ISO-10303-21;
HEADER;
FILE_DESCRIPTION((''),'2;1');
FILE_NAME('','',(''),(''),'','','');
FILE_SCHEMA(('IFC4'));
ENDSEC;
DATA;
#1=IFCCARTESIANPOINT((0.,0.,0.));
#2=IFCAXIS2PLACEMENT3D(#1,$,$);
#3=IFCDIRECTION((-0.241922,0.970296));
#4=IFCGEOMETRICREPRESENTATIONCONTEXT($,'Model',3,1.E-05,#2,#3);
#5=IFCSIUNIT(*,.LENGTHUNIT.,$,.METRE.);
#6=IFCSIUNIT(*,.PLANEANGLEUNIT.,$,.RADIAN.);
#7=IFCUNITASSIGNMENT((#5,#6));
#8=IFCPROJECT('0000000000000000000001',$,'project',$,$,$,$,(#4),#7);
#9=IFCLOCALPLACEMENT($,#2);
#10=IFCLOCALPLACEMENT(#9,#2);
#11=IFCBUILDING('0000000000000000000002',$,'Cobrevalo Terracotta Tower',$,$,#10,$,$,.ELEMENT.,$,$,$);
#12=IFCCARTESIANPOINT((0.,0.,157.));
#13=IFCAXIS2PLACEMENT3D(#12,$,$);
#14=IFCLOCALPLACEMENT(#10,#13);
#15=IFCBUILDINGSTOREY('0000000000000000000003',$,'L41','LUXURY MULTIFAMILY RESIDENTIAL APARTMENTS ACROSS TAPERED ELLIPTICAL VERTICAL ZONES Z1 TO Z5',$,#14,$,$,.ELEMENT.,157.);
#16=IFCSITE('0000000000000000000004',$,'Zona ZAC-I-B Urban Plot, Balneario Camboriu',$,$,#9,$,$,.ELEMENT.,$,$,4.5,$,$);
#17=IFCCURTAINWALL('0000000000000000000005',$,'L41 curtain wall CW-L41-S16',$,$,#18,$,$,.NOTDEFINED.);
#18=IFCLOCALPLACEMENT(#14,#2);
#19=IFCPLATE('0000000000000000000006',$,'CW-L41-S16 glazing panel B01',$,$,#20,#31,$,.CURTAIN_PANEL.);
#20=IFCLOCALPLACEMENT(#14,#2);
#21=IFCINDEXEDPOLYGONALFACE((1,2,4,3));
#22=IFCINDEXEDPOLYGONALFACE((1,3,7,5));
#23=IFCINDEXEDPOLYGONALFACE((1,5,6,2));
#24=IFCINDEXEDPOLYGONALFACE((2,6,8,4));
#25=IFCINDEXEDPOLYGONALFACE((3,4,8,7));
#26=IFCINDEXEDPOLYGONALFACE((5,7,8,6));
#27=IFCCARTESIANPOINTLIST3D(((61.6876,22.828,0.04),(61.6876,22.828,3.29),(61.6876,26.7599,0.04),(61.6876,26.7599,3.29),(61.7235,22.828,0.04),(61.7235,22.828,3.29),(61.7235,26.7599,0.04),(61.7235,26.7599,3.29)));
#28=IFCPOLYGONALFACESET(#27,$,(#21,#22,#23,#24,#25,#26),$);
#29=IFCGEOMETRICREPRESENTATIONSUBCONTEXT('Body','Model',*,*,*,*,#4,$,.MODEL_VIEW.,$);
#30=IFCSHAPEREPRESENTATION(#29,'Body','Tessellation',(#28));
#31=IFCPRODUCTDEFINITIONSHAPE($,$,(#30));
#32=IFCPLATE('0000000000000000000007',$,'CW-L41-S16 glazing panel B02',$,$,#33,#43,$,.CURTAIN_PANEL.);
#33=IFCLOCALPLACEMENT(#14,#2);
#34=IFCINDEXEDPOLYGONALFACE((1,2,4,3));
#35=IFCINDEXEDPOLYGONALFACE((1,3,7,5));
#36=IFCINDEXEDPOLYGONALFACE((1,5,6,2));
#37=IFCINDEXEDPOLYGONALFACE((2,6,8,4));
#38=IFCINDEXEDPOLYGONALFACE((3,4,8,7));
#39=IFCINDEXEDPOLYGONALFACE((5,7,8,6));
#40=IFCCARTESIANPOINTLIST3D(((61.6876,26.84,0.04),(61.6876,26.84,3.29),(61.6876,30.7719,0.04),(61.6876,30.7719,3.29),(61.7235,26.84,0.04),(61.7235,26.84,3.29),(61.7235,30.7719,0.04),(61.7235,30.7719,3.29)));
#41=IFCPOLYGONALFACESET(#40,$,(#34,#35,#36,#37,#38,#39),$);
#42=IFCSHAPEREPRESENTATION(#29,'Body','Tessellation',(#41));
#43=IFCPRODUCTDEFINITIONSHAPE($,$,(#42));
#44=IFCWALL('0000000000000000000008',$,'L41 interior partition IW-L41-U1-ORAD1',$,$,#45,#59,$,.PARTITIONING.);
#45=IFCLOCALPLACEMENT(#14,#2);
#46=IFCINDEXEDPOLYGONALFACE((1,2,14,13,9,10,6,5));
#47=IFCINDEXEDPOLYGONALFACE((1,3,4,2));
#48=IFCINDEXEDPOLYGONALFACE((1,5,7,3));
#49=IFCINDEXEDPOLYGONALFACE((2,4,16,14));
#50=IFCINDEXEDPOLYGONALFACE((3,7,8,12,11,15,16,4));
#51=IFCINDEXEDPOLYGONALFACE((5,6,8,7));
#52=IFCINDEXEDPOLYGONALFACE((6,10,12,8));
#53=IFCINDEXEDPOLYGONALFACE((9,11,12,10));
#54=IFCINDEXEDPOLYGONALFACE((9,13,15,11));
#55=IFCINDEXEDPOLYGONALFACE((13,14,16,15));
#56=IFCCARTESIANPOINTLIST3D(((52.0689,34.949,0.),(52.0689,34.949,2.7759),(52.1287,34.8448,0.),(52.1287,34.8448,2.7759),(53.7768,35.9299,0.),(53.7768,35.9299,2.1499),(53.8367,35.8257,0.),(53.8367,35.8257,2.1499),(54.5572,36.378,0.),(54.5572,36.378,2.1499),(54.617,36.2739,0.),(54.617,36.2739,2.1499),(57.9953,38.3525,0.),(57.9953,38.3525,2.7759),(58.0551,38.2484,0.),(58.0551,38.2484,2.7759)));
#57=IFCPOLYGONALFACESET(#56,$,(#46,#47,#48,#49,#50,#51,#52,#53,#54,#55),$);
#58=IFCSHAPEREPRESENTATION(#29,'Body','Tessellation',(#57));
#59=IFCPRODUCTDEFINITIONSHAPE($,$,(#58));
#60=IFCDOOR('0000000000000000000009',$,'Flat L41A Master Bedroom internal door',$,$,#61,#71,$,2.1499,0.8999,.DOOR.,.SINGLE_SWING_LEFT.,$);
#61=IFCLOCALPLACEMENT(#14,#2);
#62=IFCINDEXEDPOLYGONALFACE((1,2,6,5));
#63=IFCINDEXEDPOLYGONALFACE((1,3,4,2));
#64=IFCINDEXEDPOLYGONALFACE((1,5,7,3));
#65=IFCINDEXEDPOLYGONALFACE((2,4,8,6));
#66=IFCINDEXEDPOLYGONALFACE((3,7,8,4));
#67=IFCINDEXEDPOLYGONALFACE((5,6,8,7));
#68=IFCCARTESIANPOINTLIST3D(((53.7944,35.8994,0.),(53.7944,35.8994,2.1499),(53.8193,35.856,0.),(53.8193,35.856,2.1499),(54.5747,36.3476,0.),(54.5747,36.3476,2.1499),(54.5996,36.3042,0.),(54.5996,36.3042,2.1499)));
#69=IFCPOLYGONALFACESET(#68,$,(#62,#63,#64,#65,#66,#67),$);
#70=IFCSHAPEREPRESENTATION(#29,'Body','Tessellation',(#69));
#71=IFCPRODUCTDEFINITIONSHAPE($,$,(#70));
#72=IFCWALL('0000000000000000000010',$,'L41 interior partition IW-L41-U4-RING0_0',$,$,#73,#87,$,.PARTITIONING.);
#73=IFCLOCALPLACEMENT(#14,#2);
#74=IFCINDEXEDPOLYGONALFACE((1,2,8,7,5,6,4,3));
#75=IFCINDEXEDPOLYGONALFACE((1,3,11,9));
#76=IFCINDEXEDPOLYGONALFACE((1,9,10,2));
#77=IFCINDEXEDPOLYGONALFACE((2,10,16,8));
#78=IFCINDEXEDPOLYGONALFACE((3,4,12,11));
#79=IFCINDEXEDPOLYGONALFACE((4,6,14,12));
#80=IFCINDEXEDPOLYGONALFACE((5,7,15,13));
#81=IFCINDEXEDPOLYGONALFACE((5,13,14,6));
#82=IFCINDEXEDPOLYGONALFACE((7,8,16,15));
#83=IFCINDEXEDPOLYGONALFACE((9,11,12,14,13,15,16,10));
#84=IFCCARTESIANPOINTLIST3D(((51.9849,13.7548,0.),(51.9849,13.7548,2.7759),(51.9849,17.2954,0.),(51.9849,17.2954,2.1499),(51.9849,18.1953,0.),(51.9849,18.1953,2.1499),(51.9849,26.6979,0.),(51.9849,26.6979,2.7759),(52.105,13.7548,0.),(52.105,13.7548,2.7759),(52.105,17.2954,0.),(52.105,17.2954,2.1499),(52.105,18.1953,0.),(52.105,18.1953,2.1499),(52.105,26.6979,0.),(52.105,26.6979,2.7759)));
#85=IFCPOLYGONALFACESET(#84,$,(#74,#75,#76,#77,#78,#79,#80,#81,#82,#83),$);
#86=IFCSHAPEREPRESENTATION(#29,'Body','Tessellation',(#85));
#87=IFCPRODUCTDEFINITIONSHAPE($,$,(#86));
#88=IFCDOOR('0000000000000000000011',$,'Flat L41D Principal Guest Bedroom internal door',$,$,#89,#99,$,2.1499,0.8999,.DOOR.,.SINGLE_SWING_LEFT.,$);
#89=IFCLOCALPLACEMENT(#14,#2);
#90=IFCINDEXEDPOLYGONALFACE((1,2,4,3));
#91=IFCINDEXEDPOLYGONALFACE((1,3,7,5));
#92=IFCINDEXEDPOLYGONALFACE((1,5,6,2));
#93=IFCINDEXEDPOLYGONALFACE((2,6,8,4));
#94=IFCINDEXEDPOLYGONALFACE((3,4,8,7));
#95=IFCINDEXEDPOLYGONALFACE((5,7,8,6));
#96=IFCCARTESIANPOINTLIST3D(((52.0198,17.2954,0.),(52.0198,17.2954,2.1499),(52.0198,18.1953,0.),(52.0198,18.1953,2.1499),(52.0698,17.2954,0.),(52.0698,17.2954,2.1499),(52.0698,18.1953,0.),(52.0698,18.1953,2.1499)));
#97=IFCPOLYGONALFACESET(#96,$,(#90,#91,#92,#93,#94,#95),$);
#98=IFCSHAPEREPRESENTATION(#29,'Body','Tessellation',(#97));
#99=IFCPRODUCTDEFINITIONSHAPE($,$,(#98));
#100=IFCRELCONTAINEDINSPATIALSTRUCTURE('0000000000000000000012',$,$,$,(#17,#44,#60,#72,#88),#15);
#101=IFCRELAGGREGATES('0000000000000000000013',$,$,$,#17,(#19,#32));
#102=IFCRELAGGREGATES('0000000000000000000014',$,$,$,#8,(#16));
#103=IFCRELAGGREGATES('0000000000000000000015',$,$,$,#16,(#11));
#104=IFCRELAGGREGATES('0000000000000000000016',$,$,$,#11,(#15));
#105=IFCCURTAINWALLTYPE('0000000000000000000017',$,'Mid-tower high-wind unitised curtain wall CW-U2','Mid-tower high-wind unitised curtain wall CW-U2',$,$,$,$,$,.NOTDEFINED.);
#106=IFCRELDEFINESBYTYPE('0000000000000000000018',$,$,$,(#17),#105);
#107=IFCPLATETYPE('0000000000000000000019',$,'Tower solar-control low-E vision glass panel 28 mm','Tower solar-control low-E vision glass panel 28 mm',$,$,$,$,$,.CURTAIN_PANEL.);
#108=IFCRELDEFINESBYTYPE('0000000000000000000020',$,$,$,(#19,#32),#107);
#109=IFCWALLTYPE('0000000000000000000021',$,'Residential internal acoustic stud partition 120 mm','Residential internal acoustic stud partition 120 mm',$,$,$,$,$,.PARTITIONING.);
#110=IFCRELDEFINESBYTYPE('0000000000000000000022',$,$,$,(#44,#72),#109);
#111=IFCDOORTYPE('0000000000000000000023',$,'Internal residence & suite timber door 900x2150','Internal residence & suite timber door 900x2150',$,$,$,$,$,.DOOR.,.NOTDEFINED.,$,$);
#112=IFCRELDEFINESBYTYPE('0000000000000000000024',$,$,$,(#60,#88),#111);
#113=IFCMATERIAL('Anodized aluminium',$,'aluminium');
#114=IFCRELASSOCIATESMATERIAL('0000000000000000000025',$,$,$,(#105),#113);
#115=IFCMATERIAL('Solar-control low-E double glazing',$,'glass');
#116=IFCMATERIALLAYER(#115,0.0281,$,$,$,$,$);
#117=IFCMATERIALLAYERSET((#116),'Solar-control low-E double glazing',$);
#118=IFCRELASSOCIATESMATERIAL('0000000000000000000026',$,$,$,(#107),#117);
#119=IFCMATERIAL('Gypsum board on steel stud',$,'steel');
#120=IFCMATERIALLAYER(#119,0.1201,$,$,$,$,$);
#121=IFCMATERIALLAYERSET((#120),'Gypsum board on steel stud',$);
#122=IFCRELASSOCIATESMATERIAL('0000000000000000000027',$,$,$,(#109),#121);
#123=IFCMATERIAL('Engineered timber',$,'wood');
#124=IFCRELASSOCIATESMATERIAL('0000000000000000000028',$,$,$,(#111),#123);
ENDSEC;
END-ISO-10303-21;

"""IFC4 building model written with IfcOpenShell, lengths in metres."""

from ifc_helpers import new_model, si_unit, direction, frame, frame_2d, origin, origin_2d, place, context, subcontext, project, spatial, rectangle, extrude, source, transform, mapped, material, layer, layer_set, type_object, element, fill, aggregate, save


model = new_model("IFC4")

# Units and contexts
model_context = context("Model", 3, precision=1e-05, world=origin(), true_north=direction((-0.241922, 0.970296)))
body_context = subcontext(model_context, "Body", "Model", "MODEL_VIEW")
ifc_project = project(units=[si_unit("LENGTHUNIT", "METRE"), si_unit("PLANEANGLEUNIT", "RADIAN")], contexts=[model_context])

# Site, building, storey
site_placement = place(None, origin())
site = spatial("IfcSite", under=ifc_project, at=site_placement, Name="Zona ZAC-I-B Urban Plot, Balneario Camboriu", CompositionType="ELEMENT", RefElevation=4.5)
building_placement = place(site_placement, origin())
building = spatial("IfcBuilding", under=site, at=building_placement, Name="Cobrevalo Terracotta Tower", CompositionType="ELEMENT")
storey_placement = place(building_placement, frame((0.0, 0.0, 157.0)))
storey = spatial("IfcBuildingStorey", under=building, at=storey_placement, Name="L41", Description="LUXURY MULTIFAMILY RESIDENTIAL APARTMENTS ACROSS TAPERED ELLIPTICAL VERTICAL ZONES Z1 TO Z5", CompositionType="ELEMENT", Elevation=157.0)

# Curtain wall
ifc_material_1 = material(Name="Anodized aluminium", Category="aluminium")
curtain_wall_type = type_object("IfcCurtainWallType", Name="Mid-tower high-wind unitised curtain wall CW-U2", Description="Mid-tower high-wind unitised curtain wall CW-U2", PredefinedType="NOTDEFINED", material=ifc_material_1)
curtain_wall_1_placement = place(storey_placement, origin())
curtain_wall_1 = element("IfcCurtainWall", 1, at=curtain_wall_1_placement, inside=storey, type_object=curtain_wall_type, Name="L41 curtain wall CW-L41-S16", PredefinedType="NOTDEFINED")

# Plates
ifc_material_2 = material(Name="Solar-control low-E double glazing", Category="glass")
ifc_layer_1 = layer(ifc_material_2, 0.0281)
ifc_layer_set_1 = layer_set([ifc_layer_1], Name="Solar-control low-E double glazing")
plate_type = type_object("IfcPlateType", Name="Tower solar-control low-E vision glass panel 28 mm", Description="Tower solar-control low-E vision glass panel 28 mm", PredefinedType="CURTAIN_PANEL", material=ifc_layer_set_1)
shared_shape_1 = source(origin(), body_context, "Body", "SweptSolid", [
    extrude(rectangle(XDim=3.9319, YDim=0.0359, at=origin_2d()), origin(), (0.0, 0.0, 1.0), 3.25),
])
plate_1_placement = place(storey_placement, frame((61.7056, 24.7939, 0.04), z_axis=(0.0, 0.0, 1.0), x_axis=(0.0, 1.0, 0.0)))
plate_1 = element("IfcPlate", 2, at=plate_1_placement, type_object=plate_type, Name="CW-L41-S16 glazing panel B01", PredefinedType="CURTAIN_PANEL", context=body_context, shape_type="MappedRepresentation", body=[
    mapped(shared_shape_1, transform((0.0, 0.0, 0.0), scale=1.0)),
])
plate_2_placement = place(storey_placement, frame((61.7056, 28.8059, 0.04), z_axis=(0.0, 0.0, 1.0), x_axis=(0.0, 1.0, 0.0)))
plate_2 = element("IfcPlate", 3, at=plate_2_placement, type_object=plate_type, Name="CW-L41-S16 glazing panel B02", PredefinedType="CURTAIN_PANEL", context=body_context, shape_type="MappedRepresentation", body=[
    mapped(shared_shape_1, transform((0.0, 0.0, 0.0), scale=1.0)),
])
aggregate(curtain_wall_1, [plate_1, plate_2])

# Walls, openings, doors
ifc_material_3 = material(Name="Gypsum board on steel stud", Category="steel")
ifc_layer_2 = layer(ifc_material_3, 0.1201)
ifc_layer_set_2 = layer_set([ifc_layer_2], Name="Gypsum board on steel stud")
wall_type = type_object("IfcWallType", Name="Residential internal acoustic stud partition 120 mm", Description="Residential internal acoustic stud partition 120 mm", PredefinedType="PARTITIONING", material=ifc_layer_set_2)
wall_1_placement = place(storey_placement, frame((52.0989, 34.897, 0.0), z_axis=(0.0, 0.0, 1.0), x_axis=(0.867171, 0.498011, 0.0)))
wall_1 = element("IfcWall", 4, at=wall_1_placement, inside=storey, type_object=wall_type, Name="L41 interior partition IW-L41-U1-ORAD1", PredefinedType="PARTITIONING", context=body_context, shape_type="SweptSolid", body=[
    extrude(rectangle(XDim=6.8342, YDim=0.1201, at=frame_2d((3.417, 0.0))), origin(), (0.0, 0.0, 1.0), 2.7759),
])
opening_1_placement = place(wall_1_placement, frame((1.9695, 0.0, 0.0)))
opening_1 = element("IfcOpeningElement", 5, at=opening_1_placement, cuts=wall_1, PredefinedType="OPENING", context=body_context, shape_type="SweptSolid", body=[
    extrude(rectangle(XDim=0.8999, YDim=2.1499, at=frame_2d((0.45, 1.075))), frame((0.0, 0.0701, 0.0), z_axis=(0.0, -1.0, 0.0), x_axis=(1.0, 0.0, 0.0)), (0.0, 0.0, 1.0), 0.1401),
])
ifc_material_4 = material(Name="Engineered timber", Category="wood")
door_type = type_object("IfcDoorType", Name="Internal residence & suite timber door 900x2150", Description="Internal residence & suite timber door 900x2150", OperationType="NOTDEFINED", PredefinedType="DOOR", material=ifc_material_4)
shared_shape_2 = source(origin(), body_context, "Body", "SweptSolid", [
    extrude(rectangle(XDim=0.8999, YDim=2.1499, at=frame_2d((0.45, 1.075))), frame((0.0, 0.0249, 0.0), z_axis=(0.0, -1.0, 0.0), x_axis=(1.0, 0.0, 0.0)), (0.0, 0.0, 1.0), 0.05),
])
door_1_placement = place(opening_1_placement, origin())
door_1 = element("IfcDoor", 6, at=door_1_placement, inside=storey, type_object=door_type, Name="Flat L41A Master Bedroom internal door", OperationType="SINGLE_SWING_LEFT", OverallHeight=2.1499, OverallWidth=0.8999, PredefinedType="DOOR", context=body_context, shape_type="MappedRepresentation", body=[
    mapped(shared_shape_2, transform((0.0, 0.0, 0.0), scale=1.0)),
])
fill(opening_1, door_1)
wall_2_placement = place(storey_placement, frame((52.0449, 26.698, 0.0), z_axis=(0.0, 0.0, 1.0), x_axis=(0.0, -1.0, 0.0)))
wall_2 = element("IfcWall", 7, at=wall_2_placement, inside=storey, type_object=wall_type, Name="L41 interior partition IW-L41-U4-RING0_0", PredefinedType="PARTITIONING", context=body_context, shape_type="SweptSolid", body=[
    extrude(rectangle(XDim=12.9431, YDim=0.1201, at=frame_2d((6.4717, 0.0))), origin(), (0.0, 0.0, 1.0), 2.7759),
])
opening_2_placement = place(wall_2_placement, frame((8.5027, 0.0, 0.0)))
opening_2 = element("IfcOpeningElement", 8, at=opening_2_placement, cuts=wall_2, PredefinedType="OPENING", context=body_context, shape_type="SweptSolid", body=[
    extrude(rectangle(XDim=0.8999, YDim=2.1499, at=frame_2d((0.45, 1.075))), frame((0.0, 0.0701, 0.0), z_axis=(0.0, -1.0, 0.0), x_axis=(1.0, 0.0, 0.0)), (0.0, 0.0, 1.0), 0.1401),
])
door_2_placement = place(opening_2_placement, origin())
door_2 = element("IfcDoor", 9, at=door_2_placement, inside=storey, type_object=door_type, Name="Flat L41D Principal Guest Bedroom internal door", OperationType="SINGLE_SWING_LEFT", OverallHeight=2.1499, OverallWidth=0.8999, PredefinedType="DOOR", context=body_context, shape_type="MappedRepresentation", body=[
    mapped(shared_shape_2, transform((0.0, 0.0, 0.0), scale=1.0)),
])
fill(opening_2, door_2)

save(model, "model.ifc")
